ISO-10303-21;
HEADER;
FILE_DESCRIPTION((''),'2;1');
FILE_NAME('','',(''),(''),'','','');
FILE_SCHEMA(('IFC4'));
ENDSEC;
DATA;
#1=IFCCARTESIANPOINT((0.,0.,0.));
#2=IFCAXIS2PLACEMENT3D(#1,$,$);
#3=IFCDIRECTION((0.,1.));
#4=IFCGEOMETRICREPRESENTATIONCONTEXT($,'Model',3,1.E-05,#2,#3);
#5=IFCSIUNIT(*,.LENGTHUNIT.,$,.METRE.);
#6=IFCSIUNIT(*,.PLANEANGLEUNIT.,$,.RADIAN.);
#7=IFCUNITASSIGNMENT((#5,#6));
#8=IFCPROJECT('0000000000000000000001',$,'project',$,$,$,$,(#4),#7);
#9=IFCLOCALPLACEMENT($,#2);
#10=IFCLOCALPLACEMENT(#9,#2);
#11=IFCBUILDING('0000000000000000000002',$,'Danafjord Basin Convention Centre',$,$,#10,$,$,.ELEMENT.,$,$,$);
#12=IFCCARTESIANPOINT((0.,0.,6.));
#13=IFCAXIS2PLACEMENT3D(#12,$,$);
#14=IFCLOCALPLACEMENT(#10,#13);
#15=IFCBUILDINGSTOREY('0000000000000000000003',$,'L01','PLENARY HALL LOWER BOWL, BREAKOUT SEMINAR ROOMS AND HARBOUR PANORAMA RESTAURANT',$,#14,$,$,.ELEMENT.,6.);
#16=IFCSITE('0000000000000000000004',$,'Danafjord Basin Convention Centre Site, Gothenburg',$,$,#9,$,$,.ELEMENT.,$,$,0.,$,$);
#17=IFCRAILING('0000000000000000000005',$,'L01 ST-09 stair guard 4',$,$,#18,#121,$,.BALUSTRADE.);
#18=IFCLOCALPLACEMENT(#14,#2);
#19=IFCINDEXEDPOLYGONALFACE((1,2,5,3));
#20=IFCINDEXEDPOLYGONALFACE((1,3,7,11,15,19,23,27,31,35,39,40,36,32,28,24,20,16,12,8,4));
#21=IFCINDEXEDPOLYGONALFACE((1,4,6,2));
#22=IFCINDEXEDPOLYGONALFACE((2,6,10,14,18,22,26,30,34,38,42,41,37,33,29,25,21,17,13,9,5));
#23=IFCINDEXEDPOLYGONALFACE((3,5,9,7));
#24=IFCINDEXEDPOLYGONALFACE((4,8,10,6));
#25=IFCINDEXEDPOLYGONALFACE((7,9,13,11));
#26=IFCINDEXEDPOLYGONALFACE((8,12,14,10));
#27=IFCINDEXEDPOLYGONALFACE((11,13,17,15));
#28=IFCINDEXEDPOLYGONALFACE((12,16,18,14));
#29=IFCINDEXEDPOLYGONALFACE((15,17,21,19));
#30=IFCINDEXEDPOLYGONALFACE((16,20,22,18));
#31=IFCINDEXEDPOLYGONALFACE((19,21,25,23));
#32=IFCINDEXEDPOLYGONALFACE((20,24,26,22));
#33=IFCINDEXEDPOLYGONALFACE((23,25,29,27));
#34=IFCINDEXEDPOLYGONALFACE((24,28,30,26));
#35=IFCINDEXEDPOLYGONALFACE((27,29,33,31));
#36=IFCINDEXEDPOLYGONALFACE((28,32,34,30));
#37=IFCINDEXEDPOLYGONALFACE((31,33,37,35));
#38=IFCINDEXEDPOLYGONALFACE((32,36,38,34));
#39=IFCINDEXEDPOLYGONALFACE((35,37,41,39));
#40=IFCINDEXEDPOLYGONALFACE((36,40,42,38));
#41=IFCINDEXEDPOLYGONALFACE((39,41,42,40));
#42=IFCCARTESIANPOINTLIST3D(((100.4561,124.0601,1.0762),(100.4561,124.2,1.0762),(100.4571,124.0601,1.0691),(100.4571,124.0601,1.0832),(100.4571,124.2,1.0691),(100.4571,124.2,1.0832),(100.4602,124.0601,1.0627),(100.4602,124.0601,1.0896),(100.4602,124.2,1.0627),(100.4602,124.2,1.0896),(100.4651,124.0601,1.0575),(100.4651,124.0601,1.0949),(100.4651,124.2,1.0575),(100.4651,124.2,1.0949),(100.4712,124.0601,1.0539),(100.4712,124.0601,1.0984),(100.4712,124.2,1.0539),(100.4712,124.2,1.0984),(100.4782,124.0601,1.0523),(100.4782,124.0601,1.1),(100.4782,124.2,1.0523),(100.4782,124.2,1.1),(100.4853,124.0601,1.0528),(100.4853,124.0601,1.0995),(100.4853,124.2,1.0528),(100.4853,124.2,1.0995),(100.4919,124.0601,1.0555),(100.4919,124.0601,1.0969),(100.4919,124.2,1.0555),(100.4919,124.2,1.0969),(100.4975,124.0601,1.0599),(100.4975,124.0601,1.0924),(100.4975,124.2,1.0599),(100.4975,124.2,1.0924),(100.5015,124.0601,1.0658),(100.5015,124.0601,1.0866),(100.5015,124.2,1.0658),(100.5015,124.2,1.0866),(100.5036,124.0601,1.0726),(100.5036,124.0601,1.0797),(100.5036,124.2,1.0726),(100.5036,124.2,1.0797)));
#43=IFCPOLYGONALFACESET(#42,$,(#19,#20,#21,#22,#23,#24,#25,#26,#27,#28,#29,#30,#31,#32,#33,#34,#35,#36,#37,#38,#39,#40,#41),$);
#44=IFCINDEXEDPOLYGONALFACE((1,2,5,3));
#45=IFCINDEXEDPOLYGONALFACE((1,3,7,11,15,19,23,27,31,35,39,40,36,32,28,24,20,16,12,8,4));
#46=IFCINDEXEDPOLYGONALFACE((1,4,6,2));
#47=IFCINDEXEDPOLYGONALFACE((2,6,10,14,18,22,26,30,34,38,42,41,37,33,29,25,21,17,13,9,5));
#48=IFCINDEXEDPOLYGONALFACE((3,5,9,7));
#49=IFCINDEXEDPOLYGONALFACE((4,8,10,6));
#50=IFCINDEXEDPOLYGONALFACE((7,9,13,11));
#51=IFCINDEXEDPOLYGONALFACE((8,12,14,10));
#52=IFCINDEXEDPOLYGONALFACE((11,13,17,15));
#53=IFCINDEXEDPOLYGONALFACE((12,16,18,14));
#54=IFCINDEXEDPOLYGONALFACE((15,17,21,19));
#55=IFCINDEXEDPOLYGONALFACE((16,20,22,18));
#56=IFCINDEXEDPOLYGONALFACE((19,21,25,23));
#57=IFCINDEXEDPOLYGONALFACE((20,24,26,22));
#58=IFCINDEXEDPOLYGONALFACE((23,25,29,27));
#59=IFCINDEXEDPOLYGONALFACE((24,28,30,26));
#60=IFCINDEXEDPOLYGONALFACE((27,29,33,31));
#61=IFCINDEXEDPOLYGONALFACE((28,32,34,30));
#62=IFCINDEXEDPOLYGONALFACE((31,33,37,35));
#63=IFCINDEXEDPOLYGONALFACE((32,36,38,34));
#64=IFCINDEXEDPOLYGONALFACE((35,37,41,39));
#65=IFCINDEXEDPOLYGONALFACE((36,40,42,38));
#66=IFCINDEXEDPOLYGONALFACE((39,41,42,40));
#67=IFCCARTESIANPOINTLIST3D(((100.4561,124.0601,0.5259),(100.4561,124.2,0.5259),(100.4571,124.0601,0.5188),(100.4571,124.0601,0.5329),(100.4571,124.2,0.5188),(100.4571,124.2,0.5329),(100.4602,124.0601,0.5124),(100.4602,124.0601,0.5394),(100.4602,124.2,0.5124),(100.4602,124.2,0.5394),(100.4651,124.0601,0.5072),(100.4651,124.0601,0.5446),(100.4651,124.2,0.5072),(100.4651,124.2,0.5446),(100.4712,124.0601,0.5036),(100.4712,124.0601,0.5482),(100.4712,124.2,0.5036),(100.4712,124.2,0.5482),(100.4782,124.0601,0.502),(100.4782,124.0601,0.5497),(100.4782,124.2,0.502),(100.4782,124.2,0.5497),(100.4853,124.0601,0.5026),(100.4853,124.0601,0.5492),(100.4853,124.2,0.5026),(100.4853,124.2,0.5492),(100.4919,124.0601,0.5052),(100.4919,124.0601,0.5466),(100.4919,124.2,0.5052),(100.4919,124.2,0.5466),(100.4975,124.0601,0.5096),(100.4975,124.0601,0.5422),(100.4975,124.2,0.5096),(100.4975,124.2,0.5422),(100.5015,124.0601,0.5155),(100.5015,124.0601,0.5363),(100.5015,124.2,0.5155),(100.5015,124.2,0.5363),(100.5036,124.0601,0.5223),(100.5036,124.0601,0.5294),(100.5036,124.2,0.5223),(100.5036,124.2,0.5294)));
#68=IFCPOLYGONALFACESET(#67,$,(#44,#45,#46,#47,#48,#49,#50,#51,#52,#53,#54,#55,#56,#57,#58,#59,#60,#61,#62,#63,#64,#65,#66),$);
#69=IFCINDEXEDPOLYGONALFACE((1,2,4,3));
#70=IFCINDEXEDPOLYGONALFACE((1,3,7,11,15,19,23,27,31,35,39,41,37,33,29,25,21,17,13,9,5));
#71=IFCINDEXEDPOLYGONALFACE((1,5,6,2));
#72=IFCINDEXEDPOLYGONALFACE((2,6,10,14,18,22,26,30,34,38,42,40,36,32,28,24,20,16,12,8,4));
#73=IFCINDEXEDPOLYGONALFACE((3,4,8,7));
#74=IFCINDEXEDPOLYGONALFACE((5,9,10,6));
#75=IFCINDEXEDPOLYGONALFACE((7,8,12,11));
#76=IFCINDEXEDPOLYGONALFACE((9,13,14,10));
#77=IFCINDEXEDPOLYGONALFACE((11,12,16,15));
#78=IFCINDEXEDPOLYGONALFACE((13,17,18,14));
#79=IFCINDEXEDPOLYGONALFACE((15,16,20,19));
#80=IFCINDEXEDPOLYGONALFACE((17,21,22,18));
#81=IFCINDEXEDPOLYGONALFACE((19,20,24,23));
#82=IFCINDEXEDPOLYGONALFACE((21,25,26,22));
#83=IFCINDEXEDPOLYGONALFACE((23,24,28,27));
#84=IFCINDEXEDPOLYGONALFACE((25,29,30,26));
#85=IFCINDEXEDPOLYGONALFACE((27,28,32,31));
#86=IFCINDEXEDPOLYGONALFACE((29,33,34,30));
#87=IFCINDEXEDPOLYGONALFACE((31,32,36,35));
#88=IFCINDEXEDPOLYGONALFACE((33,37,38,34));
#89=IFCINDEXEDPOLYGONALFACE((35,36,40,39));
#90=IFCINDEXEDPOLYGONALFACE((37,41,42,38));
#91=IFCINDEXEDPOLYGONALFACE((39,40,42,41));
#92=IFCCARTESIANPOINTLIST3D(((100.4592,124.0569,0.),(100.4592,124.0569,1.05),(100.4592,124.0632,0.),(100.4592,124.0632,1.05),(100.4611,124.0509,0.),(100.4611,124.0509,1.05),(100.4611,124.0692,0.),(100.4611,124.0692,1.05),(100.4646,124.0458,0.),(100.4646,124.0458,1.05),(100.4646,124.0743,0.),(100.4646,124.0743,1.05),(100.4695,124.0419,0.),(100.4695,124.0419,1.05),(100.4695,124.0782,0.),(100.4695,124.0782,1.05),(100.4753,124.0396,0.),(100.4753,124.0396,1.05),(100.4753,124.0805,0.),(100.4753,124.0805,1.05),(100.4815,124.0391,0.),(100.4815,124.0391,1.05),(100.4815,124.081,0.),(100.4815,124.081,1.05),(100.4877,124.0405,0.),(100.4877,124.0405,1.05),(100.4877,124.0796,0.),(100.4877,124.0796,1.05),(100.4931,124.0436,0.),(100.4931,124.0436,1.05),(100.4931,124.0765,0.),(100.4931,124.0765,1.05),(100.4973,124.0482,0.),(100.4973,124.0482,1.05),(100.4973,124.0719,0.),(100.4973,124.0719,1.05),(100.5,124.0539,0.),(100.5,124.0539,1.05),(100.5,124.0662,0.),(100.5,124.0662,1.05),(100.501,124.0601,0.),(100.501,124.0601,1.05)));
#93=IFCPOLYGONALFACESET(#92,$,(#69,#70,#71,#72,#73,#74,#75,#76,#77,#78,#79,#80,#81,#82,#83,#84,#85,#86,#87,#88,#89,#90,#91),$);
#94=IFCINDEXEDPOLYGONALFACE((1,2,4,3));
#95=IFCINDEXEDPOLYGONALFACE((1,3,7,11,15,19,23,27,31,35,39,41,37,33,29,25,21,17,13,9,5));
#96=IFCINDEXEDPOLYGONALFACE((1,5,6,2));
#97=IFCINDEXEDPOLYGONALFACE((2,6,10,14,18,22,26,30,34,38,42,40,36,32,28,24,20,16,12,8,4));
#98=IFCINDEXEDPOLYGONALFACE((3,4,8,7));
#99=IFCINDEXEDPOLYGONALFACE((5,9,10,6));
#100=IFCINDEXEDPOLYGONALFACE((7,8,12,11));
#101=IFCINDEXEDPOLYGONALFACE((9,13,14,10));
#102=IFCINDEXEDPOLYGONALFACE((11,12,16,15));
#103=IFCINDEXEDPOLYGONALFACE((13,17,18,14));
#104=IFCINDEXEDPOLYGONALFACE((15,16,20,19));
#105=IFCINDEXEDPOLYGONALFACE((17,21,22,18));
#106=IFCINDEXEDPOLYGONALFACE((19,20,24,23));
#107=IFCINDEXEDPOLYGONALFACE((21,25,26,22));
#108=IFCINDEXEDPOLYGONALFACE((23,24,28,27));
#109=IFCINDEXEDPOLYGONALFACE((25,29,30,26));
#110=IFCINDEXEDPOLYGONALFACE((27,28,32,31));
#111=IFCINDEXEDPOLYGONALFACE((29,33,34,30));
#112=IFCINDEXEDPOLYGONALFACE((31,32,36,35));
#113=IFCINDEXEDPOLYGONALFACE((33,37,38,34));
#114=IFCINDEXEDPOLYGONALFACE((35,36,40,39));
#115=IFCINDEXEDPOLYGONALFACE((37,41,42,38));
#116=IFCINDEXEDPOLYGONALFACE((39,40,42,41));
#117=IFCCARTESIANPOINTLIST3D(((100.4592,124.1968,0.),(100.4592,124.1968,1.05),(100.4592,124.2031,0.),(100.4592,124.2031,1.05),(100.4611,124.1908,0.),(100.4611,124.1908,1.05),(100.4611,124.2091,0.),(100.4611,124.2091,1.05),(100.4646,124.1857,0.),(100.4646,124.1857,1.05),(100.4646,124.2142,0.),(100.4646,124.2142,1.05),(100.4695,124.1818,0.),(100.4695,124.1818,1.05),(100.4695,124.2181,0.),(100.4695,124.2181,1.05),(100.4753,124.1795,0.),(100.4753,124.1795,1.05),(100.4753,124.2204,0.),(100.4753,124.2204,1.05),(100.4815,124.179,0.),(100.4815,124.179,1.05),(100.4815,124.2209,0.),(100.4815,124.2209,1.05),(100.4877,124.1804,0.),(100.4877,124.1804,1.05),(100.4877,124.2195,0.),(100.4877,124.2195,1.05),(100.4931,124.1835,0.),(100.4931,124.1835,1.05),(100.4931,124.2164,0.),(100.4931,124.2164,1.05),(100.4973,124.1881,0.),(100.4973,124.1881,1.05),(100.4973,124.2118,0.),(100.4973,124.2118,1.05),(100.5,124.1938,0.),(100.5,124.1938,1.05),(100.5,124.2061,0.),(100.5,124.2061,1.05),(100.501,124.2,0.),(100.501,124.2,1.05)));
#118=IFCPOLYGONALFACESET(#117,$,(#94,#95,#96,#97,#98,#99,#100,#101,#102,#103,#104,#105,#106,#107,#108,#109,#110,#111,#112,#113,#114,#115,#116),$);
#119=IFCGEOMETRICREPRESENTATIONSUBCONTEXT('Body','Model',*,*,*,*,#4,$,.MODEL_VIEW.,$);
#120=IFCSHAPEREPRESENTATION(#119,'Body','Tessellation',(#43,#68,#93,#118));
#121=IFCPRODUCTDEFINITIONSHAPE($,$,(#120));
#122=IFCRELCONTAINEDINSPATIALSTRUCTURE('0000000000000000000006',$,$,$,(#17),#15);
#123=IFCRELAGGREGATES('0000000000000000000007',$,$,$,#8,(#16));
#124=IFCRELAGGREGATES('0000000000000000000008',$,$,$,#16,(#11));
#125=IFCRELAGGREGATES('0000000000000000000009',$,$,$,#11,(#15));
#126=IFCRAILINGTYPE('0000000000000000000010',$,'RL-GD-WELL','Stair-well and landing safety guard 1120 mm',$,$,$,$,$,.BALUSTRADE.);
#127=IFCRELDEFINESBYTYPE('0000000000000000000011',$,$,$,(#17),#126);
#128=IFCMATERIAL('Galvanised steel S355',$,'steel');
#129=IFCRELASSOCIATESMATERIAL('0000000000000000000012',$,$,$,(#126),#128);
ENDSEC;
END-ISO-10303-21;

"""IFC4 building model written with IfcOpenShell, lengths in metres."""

from ifc_helpers import new_model, si_unit, direction, frame, origin, origin_2d, place, context, subcontext, project, spatial, circle, extrude, material, type_object, element, save


model = new_model("IFC4")

# Units and contexts
model_context = context("Model", 3, precision=1e-05, world=origin(), true_north=direction((0.0, 1.0)))
body_context = subcontext(model_context, "Body", "Model", "MODEL_VIEW")
ifc_project = project(units=[si_unit("LENGTHUNIT", "METRE"), si_unit("PLANEANGLEUNIT", "RADIAN")], contexts=[model_context])

# Site, building, storey
site_placement = place(None, origin())
site = spatial("IfcSite", under=ifc_project, at=site_placement, Name="Danafjord Basin Convention Centre Site, Gothenburg", CompositionType="ELEMENT", RefElevation=0.0)
building_placement = place(site_placement, origin())
building = spatial("IfcBuilding", under=site, at=building_placement, Name="Danafjord Basin Convention Centre", CompositionType="ELEMENT")
storey_placement = place(building_placement, frame((0.0, 0.0, 6.0)))
storey = spatial("IfcBuildingStorey", under=building, at=storey_placement, Name="L01", Description="PLENARY HALL LOWER BOWL, BREAKOUT SEMINAR ROOMS AND HARBOUR PANORAMA RESTAURANT", CompositionType="ELEMENT", Elevation=6.0)

# Railing
ifc_material_1 = material(Name="Galvanised steel S355", Category="steel")
railing_type_1 = type_object("IfcRailingType", Name="RL-GD-WELL", Description="Stair-well and landing safety guard 1120 mm", PredefinedType="BALUSTRADE", material=ifc_material_1)
railing_1_placement = place(storey_placement, frame((100.48, 124.0601, 0.0)))
element("IfcRailing", 1, at=railing_1_placement, inside=storey, type_object=railing_type_1, Name="L01 ST-09 stair guard 4", PredefinedType="BALUSTRADE", context=body_context, shape_type="SweptSolid", body=[
    extrude(circle(Radius=0.0239, at=origin_2d()), frame((0.0, 0.0, 1.0762), z_axis=(0.0, 1.0, 0.0), x_axis=(-1.0, 0.0, 0.0)), (0.0, 0.0, 1.0), 0.1399),
    extrude(circle(Radius=0.0239, at=origin_2d()), frame((0.0, 0.0, 0.5259), z_axis=(0.0, 1.0, 0.0), x_axis=(-1.0, 0.0, 0.0)), (0.0, 0.0, 1.0), 0.1399),
    extrude(circle(Radius=0.021, at=origin_2d()), origin(), (0.0, 0.0, 1.0), 1.05),
    extrude(circle(Radius=0.021, at=origin_2d()), frame((0.0, 0.1399, 0.0)), (0.0, 0.0, 1.0), 1.05),
])

save(model, "model.ifc")
